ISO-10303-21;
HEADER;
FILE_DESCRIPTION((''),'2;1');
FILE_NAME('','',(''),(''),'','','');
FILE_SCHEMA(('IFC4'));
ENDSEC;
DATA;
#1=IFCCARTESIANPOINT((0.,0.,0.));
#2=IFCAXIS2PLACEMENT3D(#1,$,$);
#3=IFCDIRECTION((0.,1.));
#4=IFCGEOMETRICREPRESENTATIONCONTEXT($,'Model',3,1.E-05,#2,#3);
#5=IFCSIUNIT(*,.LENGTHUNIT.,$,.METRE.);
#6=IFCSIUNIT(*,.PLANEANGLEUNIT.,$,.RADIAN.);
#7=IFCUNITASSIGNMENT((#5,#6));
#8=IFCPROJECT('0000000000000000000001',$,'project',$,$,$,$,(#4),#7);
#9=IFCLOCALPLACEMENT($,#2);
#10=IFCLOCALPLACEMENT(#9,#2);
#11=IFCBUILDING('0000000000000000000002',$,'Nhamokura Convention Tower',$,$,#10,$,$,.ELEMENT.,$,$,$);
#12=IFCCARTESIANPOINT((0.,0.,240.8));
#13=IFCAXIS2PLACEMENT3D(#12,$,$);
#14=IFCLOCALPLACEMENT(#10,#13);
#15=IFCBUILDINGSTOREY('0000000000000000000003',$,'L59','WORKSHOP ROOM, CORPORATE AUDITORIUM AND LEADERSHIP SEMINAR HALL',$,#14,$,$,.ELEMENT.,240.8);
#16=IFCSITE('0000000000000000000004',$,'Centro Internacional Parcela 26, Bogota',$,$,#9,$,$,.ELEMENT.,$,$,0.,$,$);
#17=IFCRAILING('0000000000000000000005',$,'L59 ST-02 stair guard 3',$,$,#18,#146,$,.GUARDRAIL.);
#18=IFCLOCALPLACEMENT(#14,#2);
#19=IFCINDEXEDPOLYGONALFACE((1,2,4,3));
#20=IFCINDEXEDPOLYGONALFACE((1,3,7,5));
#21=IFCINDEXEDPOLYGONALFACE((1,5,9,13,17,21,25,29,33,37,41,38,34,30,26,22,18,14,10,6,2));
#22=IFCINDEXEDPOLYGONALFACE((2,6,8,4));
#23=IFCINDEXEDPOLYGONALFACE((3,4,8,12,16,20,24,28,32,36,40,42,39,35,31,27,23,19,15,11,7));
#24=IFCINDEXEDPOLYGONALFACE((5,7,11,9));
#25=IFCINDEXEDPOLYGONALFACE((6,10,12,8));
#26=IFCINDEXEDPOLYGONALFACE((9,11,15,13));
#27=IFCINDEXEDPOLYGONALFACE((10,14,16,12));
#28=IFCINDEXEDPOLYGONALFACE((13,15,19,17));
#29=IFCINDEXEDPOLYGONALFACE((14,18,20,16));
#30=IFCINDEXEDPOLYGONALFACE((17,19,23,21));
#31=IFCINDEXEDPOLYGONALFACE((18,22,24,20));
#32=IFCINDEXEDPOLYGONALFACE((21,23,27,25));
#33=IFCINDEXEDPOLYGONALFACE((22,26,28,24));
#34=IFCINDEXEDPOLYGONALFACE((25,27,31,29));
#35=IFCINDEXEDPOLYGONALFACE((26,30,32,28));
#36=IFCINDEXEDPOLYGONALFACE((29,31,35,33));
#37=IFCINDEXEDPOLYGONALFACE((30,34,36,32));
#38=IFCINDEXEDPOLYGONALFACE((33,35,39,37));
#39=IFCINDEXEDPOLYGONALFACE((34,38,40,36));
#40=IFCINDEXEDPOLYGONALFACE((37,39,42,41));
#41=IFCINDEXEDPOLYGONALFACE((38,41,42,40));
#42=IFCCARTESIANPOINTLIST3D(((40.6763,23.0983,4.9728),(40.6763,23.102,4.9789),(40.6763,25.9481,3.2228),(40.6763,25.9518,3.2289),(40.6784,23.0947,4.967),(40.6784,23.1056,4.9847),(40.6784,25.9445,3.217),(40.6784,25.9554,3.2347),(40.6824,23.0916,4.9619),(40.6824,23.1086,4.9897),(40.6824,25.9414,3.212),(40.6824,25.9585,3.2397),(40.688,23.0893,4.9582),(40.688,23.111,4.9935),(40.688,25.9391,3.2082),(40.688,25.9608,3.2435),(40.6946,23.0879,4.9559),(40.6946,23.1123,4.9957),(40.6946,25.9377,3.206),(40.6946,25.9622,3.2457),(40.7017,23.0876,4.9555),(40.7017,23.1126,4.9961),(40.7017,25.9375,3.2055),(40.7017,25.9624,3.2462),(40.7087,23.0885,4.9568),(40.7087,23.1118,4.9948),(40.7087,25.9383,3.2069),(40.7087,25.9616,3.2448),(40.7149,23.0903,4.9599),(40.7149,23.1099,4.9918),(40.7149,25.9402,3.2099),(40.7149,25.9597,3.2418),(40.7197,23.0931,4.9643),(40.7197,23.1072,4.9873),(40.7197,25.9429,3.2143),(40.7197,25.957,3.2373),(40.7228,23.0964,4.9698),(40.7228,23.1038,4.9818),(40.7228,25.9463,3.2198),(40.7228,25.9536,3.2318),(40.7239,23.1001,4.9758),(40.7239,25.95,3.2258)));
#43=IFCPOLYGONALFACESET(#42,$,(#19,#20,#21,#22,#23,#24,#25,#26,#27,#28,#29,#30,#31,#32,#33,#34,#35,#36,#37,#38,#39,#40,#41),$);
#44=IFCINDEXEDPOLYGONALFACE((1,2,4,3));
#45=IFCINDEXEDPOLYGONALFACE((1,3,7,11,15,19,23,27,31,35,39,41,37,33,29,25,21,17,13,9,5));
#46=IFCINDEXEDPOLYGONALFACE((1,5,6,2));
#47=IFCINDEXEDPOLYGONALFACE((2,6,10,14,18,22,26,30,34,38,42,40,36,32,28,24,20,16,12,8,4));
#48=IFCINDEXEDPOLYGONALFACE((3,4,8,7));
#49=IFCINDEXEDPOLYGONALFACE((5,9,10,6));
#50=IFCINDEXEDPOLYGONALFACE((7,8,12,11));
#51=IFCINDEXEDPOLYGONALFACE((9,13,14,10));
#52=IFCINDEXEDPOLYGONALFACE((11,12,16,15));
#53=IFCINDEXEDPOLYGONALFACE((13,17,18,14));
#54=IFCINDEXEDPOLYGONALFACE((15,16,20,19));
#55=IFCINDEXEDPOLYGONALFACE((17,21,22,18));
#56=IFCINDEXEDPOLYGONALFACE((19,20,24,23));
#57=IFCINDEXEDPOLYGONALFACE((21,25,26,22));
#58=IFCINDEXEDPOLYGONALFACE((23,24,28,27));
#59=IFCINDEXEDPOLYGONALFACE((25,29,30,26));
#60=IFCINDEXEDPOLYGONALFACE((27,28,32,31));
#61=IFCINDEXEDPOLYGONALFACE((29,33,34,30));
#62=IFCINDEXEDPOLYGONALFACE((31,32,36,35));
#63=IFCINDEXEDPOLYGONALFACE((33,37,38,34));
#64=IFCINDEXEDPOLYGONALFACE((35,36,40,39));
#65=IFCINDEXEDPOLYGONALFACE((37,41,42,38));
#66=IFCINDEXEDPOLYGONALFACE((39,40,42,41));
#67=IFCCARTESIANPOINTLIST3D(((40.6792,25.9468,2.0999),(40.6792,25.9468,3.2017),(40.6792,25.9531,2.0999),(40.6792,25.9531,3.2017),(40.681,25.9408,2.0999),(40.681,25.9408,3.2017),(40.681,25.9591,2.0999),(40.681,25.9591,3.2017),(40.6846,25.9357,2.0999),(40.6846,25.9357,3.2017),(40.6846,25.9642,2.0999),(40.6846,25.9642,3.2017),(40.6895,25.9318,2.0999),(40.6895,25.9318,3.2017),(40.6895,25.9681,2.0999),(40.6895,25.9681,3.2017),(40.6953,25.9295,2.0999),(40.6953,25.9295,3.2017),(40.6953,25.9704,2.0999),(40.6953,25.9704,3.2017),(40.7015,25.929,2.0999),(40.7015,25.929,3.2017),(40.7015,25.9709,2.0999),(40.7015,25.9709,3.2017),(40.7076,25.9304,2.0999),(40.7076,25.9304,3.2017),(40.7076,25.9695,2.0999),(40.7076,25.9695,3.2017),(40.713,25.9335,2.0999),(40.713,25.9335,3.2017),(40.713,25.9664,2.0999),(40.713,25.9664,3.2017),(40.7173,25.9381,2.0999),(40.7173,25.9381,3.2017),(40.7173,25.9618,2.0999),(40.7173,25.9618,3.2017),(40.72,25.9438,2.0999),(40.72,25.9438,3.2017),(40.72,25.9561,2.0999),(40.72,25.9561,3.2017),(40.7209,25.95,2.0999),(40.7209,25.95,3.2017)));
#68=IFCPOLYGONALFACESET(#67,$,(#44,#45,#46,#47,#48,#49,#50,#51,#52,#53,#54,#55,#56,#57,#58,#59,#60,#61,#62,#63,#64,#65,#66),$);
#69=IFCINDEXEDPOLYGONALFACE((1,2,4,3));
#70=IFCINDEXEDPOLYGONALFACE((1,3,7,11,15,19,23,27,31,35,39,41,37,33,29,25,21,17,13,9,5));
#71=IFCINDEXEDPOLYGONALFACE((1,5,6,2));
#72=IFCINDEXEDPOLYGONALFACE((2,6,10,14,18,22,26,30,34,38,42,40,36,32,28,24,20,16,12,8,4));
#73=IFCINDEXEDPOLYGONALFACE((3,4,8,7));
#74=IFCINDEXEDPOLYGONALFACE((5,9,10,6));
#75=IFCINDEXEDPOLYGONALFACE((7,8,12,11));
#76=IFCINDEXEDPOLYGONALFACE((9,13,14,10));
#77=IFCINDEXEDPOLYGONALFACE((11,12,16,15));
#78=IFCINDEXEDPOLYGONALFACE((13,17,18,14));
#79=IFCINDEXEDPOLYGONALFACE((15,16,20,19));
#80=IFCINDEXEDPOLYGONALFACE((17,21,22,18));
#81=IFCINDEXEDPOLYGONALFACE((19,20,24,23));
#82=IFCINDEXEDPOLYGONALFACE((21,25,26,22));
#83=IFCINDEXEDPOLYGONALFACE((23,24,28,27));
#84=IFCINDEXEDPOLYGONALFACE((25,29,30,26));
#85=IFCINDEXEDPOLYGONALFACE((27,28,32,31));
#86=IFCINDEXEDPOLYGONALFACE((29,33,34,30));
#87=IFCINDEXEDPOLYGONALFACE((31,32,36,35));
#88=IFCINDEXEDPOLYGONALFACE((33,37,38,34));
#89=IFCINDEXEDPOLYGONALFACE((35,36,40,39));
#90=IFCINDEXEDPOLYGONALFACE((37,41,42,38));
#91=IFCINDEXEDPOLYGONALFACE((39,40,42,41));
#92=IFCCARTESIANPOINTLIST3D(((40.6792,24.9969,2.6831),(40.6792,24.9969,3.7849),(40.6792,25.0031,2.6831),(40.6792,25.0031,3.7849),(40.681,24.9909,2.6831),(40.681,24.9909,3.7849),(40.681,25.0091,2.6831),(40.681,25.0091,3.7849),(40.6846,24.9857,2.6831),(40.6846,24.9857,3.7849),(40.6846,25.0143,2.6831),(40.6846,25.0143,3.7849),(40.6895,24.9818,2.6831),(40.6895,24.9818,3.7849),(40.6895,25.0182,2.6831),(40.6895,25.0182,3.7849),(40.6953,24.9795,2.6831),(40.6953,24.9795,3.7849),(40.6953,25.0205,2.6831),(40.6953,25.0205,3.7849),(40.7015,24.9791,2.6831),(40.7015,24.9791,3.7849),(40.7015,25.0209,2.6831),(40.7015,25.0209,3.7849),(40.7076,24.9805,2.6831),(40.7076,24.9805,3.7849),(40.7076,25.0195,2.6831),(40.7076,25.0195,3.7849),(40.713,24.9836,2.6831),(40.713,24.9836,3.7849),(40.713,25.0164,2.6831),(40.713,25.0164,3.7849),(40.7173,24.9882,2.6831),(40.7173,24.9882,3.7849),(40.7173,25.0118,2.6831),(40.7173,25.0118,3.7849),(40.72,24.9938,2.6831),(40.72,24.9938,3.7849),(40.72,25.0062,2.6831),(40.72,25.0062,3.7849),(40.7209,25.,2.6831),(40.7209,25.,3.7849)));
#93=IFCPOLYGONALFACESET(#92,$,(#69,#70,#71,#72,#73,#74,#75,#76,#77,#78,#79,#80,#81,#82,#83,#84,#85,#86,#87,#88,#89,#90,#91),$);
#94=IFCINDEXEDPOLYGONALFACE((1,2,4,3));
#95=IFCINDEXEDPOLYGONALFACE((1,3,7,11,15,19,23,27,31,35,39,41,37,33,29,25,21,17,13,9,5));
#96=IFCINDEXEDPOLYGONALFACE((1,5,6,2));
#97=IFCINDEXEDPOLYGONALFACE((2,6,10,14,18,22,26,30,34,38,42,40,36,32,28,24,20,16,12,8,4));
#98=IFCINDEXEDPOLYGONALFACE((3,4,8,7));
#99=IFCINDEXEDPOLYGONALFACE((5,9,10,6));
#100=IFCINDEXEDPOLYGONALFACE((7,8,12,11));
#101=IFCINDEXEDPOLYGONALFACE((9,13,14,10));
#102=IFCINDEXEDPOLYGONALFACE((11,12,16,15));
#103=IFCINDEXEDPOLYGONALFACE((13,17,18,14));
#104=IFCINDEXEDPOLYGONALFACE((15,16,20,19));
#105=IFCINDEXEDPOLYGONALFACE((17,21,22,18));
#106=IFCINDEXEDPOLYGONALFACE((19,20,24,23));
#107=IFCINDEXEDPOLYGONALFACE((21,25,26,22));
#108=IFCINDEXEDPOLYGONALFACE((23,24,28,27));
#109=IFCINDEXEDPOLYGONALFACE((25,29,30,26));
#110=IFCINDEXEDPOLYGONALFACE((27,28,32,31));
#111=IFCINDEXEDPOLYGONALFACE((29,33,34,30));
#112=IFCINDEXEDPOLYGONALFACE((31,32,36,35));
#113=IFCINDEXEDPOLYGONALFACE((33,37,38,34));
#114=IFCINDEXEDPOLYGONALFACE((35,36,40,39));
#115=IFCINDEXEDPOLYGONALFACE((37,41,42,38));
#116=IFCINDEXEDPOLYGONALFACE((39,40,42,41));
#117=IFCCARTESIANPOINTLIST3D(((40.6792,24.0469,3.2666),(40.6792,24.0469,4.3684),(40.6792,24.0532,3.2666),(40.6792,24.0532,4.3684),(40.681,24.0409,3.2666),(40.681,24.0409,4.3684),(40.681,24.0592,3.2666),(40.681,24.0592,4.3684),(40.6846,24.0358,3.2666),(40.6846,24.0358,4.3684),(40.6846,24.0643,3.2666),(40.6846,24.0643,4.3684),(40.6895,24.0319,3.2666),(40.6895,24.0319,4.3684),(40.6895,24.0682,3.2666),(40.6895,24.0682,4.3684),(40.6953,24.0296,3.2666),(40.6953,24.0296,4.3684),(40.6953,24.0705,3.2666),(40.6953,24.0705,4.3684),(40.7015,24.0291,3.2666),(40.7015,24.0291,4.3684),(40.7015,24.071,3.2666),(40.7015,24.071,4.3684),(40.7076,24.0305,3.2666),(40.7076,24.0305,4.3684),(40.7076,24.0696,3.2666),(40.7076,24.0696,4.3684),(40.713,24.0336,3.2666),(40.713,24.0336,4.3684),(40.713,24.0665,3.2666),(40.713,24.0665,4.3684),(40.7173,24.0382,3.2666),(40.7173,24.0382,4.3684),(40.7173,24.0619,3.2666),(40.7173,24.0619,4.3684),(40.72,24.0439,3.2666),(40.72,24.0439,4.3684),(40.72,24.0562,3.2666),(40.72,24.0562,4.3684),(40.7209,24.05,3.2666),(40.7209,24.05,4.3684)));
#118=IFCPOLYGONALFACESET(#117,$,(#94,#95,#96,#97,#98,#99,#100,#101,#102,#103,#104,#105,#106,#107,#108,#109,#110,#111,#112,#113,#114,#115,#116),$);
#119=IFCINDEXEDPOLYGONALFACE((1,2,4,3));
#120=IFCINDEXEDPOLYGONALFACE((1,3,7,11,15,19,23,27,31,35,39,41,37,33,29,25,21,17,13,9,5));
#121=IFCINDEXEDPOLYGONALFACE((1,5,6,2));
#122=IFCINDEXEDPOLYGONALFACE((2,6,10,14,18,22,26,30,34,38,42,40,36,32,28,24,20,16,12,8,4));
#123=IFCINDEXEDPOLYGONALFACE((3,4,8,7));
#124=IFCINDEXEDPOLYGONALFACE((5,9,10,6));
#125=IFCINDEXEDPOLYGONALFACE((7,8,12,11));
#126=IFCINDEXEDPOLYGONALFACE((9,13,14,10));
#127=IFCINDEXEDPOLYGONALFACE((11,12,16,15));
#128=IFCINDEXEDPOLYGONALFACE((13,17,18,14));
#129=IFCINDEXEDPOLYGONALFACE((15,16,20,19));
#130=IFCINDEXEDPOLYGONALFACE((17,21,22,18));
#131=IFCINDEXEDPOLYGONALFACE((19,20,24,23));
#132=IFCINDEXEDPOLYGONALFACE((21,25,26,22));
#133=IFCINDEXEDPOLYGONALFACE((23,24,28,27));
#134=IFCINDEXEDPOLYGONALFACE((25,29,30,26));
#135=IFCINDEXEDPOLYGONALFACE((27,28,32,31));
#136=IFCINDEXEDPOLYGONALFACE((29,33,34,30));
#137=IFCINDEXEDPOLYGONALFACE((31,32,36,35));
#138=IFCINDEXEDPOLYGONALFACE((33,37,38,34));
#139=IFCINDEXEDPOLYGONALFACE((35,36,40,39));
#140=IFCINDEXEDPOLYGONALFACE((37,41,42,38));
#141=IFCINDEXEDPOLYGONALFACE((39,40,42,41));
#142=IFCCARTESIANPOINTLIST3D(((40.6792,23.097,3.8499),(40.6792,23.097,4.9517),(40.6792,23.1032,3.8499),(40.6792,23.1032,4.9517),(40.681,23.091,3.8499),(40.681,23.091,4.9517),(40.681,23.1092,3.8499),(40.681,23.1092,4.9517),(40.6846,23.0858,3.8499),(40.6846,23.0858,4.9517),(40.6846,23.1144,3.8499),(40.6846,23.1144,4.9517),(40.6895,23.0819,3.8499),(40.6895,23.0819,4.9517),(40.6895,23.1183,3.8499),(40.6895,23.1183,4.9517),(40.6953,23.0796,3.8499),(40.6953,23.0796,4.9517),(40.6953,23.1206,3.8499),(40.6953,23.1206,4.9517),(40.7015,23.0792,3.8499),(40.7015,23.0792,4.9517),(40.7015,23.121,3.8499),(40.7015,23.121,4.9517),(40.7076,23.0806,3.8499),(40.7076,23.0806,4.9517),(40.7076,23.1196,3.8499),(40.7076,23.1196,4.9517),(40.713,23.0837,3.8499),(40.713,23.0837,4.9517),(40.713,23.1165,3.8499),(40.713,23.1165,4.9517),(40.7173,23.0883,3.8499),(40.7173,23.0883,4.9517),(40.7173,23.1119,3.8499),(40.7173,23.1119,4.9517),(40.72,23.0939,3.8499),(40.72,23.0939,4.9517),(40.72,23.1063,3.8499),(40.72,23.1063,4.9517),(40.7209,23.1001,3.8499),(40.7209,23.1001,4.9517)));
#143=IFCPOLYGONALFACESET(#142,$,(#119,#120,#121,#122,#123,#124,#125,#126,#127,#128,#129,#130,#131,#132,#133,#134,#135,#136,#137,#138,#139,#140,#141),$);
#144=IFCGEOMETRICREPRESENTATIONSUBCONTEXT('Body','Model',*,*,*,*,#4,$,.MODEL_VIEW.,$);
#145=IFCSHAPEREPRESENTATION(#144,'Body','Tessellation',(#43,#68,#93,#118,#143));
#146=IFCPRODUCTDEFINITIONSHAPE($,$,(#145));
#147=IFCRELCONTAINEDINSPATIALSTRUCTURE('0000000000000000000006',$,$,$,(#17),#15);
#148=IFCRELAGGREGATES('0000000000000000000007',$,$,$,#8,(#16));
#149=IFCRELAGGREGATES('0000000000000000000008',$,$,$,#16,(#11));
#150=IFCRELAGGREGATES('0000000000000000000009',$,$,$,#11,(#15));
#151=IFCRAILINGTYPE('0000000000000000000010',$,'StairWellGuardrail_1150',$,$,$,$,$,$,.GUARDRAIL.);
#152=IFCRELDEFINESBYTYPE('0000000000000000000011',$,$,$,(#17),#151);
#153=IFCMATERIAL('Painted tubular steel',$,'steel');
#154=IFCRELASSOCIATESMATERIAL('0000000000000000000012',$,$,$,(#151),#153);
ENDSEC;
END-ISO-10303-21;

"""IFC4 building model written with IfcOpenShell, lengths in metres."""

from ifc_helpers import new_model, si_unit, direction, frame, origin, origin_2d, place, context, subcontext, project, spatial, circle, extrude, material, type_object, element, save


model = new_model("IFC4")

# Units and contexts
model_context = context("Model", 3, precision=1e-05, world=origin(), true_north=direction((0.0, 1.0)))
body_context = subcontext(model_context, "Body", "Model", "MODEL_VIEW")
ifc_project = project(units=[si_unit("LENGTHUNIT", "METRE"), si_unit("PLANEANGLEUNIT", "RADIAN")], contexts=[model_context])

# Site, building, storey
site_placement = place(None, origin())
site = spatial("IfcSite", under=ifc_project, at=site_placement, Name="Centro Internacional Parcela 26, Bogota", CompositionType="ELEMENT", RefElevation=0.0)
building_placement = place(site_placement, origin())
building = spatial("IfcBuilding", under=site, at=building_placement, Name="Nhamokura Convention Tower", CompositionType="ELEMENT")
storey_placement = place(building_placement, frame((0.0, 0.0, 240.8)))
storey = spatial("IfcBuildingStorey", under=building, at=storey_placement, Name="L59", Description="WORKSHOP ROOM, CORPORATE AUDITORIUM AND LEADERSHIP SEMINAR HALL", CompositionType="ELEMENT", Elevation=240.8)

# Railing
ifc_material_1 = material(Name="Painted tubular steel", Category="steel")
railing_type_1 = type_object("IfcRailingType", Name="StairWellGuardrail_1150", PredefinedType="GUARDRAIL", material=ifc_material_1)
railing_1_placement = place(storey_placement, frame((40.7, 25.95, 2.0999)))
element("IfcRailing", 1, at=railing_1_placement, inside=storey, type_object=railing_type_1, Name="L59 ST-02 stair guard 3", PredefinedType="GUARDRAIL", context=body_context, shape_type="SweptSolid", body=[
    extrude(circle(Radius=0.0239, at=origin_2d()), frame((0.0, 0.0, 1.126), z_axis=(0.0, -0.852159, 0.523283), x_axis=(1.0, 0.0, 0.0)), (0.0, 0.0, 1.0), 3.3442),
    extrude(circle(Radius=0.021, at=origin_2d()), origin(), (0.0, 0.0, 1.0), 1.1018),
    extrude(circle(Radius=0.021, at=origin_2d()), frame((0.0, -0.95, 0.5833)), (0.0, 0.0, 1.0), 1.1018),
    extrude(circle(Radius=0.021, at=origin_2d()), frame((0.0, -1.8999, 1.1667)), (0.0, 0.0, 1.0), 1.1018),
    extrude(circle(Radius=0.021, at=origin_2d()), frame((0.0, -2.8499, 1.75)), (0.0, 0.0, 1.0), 1.1018),
])

save(model, "model.ifc")
